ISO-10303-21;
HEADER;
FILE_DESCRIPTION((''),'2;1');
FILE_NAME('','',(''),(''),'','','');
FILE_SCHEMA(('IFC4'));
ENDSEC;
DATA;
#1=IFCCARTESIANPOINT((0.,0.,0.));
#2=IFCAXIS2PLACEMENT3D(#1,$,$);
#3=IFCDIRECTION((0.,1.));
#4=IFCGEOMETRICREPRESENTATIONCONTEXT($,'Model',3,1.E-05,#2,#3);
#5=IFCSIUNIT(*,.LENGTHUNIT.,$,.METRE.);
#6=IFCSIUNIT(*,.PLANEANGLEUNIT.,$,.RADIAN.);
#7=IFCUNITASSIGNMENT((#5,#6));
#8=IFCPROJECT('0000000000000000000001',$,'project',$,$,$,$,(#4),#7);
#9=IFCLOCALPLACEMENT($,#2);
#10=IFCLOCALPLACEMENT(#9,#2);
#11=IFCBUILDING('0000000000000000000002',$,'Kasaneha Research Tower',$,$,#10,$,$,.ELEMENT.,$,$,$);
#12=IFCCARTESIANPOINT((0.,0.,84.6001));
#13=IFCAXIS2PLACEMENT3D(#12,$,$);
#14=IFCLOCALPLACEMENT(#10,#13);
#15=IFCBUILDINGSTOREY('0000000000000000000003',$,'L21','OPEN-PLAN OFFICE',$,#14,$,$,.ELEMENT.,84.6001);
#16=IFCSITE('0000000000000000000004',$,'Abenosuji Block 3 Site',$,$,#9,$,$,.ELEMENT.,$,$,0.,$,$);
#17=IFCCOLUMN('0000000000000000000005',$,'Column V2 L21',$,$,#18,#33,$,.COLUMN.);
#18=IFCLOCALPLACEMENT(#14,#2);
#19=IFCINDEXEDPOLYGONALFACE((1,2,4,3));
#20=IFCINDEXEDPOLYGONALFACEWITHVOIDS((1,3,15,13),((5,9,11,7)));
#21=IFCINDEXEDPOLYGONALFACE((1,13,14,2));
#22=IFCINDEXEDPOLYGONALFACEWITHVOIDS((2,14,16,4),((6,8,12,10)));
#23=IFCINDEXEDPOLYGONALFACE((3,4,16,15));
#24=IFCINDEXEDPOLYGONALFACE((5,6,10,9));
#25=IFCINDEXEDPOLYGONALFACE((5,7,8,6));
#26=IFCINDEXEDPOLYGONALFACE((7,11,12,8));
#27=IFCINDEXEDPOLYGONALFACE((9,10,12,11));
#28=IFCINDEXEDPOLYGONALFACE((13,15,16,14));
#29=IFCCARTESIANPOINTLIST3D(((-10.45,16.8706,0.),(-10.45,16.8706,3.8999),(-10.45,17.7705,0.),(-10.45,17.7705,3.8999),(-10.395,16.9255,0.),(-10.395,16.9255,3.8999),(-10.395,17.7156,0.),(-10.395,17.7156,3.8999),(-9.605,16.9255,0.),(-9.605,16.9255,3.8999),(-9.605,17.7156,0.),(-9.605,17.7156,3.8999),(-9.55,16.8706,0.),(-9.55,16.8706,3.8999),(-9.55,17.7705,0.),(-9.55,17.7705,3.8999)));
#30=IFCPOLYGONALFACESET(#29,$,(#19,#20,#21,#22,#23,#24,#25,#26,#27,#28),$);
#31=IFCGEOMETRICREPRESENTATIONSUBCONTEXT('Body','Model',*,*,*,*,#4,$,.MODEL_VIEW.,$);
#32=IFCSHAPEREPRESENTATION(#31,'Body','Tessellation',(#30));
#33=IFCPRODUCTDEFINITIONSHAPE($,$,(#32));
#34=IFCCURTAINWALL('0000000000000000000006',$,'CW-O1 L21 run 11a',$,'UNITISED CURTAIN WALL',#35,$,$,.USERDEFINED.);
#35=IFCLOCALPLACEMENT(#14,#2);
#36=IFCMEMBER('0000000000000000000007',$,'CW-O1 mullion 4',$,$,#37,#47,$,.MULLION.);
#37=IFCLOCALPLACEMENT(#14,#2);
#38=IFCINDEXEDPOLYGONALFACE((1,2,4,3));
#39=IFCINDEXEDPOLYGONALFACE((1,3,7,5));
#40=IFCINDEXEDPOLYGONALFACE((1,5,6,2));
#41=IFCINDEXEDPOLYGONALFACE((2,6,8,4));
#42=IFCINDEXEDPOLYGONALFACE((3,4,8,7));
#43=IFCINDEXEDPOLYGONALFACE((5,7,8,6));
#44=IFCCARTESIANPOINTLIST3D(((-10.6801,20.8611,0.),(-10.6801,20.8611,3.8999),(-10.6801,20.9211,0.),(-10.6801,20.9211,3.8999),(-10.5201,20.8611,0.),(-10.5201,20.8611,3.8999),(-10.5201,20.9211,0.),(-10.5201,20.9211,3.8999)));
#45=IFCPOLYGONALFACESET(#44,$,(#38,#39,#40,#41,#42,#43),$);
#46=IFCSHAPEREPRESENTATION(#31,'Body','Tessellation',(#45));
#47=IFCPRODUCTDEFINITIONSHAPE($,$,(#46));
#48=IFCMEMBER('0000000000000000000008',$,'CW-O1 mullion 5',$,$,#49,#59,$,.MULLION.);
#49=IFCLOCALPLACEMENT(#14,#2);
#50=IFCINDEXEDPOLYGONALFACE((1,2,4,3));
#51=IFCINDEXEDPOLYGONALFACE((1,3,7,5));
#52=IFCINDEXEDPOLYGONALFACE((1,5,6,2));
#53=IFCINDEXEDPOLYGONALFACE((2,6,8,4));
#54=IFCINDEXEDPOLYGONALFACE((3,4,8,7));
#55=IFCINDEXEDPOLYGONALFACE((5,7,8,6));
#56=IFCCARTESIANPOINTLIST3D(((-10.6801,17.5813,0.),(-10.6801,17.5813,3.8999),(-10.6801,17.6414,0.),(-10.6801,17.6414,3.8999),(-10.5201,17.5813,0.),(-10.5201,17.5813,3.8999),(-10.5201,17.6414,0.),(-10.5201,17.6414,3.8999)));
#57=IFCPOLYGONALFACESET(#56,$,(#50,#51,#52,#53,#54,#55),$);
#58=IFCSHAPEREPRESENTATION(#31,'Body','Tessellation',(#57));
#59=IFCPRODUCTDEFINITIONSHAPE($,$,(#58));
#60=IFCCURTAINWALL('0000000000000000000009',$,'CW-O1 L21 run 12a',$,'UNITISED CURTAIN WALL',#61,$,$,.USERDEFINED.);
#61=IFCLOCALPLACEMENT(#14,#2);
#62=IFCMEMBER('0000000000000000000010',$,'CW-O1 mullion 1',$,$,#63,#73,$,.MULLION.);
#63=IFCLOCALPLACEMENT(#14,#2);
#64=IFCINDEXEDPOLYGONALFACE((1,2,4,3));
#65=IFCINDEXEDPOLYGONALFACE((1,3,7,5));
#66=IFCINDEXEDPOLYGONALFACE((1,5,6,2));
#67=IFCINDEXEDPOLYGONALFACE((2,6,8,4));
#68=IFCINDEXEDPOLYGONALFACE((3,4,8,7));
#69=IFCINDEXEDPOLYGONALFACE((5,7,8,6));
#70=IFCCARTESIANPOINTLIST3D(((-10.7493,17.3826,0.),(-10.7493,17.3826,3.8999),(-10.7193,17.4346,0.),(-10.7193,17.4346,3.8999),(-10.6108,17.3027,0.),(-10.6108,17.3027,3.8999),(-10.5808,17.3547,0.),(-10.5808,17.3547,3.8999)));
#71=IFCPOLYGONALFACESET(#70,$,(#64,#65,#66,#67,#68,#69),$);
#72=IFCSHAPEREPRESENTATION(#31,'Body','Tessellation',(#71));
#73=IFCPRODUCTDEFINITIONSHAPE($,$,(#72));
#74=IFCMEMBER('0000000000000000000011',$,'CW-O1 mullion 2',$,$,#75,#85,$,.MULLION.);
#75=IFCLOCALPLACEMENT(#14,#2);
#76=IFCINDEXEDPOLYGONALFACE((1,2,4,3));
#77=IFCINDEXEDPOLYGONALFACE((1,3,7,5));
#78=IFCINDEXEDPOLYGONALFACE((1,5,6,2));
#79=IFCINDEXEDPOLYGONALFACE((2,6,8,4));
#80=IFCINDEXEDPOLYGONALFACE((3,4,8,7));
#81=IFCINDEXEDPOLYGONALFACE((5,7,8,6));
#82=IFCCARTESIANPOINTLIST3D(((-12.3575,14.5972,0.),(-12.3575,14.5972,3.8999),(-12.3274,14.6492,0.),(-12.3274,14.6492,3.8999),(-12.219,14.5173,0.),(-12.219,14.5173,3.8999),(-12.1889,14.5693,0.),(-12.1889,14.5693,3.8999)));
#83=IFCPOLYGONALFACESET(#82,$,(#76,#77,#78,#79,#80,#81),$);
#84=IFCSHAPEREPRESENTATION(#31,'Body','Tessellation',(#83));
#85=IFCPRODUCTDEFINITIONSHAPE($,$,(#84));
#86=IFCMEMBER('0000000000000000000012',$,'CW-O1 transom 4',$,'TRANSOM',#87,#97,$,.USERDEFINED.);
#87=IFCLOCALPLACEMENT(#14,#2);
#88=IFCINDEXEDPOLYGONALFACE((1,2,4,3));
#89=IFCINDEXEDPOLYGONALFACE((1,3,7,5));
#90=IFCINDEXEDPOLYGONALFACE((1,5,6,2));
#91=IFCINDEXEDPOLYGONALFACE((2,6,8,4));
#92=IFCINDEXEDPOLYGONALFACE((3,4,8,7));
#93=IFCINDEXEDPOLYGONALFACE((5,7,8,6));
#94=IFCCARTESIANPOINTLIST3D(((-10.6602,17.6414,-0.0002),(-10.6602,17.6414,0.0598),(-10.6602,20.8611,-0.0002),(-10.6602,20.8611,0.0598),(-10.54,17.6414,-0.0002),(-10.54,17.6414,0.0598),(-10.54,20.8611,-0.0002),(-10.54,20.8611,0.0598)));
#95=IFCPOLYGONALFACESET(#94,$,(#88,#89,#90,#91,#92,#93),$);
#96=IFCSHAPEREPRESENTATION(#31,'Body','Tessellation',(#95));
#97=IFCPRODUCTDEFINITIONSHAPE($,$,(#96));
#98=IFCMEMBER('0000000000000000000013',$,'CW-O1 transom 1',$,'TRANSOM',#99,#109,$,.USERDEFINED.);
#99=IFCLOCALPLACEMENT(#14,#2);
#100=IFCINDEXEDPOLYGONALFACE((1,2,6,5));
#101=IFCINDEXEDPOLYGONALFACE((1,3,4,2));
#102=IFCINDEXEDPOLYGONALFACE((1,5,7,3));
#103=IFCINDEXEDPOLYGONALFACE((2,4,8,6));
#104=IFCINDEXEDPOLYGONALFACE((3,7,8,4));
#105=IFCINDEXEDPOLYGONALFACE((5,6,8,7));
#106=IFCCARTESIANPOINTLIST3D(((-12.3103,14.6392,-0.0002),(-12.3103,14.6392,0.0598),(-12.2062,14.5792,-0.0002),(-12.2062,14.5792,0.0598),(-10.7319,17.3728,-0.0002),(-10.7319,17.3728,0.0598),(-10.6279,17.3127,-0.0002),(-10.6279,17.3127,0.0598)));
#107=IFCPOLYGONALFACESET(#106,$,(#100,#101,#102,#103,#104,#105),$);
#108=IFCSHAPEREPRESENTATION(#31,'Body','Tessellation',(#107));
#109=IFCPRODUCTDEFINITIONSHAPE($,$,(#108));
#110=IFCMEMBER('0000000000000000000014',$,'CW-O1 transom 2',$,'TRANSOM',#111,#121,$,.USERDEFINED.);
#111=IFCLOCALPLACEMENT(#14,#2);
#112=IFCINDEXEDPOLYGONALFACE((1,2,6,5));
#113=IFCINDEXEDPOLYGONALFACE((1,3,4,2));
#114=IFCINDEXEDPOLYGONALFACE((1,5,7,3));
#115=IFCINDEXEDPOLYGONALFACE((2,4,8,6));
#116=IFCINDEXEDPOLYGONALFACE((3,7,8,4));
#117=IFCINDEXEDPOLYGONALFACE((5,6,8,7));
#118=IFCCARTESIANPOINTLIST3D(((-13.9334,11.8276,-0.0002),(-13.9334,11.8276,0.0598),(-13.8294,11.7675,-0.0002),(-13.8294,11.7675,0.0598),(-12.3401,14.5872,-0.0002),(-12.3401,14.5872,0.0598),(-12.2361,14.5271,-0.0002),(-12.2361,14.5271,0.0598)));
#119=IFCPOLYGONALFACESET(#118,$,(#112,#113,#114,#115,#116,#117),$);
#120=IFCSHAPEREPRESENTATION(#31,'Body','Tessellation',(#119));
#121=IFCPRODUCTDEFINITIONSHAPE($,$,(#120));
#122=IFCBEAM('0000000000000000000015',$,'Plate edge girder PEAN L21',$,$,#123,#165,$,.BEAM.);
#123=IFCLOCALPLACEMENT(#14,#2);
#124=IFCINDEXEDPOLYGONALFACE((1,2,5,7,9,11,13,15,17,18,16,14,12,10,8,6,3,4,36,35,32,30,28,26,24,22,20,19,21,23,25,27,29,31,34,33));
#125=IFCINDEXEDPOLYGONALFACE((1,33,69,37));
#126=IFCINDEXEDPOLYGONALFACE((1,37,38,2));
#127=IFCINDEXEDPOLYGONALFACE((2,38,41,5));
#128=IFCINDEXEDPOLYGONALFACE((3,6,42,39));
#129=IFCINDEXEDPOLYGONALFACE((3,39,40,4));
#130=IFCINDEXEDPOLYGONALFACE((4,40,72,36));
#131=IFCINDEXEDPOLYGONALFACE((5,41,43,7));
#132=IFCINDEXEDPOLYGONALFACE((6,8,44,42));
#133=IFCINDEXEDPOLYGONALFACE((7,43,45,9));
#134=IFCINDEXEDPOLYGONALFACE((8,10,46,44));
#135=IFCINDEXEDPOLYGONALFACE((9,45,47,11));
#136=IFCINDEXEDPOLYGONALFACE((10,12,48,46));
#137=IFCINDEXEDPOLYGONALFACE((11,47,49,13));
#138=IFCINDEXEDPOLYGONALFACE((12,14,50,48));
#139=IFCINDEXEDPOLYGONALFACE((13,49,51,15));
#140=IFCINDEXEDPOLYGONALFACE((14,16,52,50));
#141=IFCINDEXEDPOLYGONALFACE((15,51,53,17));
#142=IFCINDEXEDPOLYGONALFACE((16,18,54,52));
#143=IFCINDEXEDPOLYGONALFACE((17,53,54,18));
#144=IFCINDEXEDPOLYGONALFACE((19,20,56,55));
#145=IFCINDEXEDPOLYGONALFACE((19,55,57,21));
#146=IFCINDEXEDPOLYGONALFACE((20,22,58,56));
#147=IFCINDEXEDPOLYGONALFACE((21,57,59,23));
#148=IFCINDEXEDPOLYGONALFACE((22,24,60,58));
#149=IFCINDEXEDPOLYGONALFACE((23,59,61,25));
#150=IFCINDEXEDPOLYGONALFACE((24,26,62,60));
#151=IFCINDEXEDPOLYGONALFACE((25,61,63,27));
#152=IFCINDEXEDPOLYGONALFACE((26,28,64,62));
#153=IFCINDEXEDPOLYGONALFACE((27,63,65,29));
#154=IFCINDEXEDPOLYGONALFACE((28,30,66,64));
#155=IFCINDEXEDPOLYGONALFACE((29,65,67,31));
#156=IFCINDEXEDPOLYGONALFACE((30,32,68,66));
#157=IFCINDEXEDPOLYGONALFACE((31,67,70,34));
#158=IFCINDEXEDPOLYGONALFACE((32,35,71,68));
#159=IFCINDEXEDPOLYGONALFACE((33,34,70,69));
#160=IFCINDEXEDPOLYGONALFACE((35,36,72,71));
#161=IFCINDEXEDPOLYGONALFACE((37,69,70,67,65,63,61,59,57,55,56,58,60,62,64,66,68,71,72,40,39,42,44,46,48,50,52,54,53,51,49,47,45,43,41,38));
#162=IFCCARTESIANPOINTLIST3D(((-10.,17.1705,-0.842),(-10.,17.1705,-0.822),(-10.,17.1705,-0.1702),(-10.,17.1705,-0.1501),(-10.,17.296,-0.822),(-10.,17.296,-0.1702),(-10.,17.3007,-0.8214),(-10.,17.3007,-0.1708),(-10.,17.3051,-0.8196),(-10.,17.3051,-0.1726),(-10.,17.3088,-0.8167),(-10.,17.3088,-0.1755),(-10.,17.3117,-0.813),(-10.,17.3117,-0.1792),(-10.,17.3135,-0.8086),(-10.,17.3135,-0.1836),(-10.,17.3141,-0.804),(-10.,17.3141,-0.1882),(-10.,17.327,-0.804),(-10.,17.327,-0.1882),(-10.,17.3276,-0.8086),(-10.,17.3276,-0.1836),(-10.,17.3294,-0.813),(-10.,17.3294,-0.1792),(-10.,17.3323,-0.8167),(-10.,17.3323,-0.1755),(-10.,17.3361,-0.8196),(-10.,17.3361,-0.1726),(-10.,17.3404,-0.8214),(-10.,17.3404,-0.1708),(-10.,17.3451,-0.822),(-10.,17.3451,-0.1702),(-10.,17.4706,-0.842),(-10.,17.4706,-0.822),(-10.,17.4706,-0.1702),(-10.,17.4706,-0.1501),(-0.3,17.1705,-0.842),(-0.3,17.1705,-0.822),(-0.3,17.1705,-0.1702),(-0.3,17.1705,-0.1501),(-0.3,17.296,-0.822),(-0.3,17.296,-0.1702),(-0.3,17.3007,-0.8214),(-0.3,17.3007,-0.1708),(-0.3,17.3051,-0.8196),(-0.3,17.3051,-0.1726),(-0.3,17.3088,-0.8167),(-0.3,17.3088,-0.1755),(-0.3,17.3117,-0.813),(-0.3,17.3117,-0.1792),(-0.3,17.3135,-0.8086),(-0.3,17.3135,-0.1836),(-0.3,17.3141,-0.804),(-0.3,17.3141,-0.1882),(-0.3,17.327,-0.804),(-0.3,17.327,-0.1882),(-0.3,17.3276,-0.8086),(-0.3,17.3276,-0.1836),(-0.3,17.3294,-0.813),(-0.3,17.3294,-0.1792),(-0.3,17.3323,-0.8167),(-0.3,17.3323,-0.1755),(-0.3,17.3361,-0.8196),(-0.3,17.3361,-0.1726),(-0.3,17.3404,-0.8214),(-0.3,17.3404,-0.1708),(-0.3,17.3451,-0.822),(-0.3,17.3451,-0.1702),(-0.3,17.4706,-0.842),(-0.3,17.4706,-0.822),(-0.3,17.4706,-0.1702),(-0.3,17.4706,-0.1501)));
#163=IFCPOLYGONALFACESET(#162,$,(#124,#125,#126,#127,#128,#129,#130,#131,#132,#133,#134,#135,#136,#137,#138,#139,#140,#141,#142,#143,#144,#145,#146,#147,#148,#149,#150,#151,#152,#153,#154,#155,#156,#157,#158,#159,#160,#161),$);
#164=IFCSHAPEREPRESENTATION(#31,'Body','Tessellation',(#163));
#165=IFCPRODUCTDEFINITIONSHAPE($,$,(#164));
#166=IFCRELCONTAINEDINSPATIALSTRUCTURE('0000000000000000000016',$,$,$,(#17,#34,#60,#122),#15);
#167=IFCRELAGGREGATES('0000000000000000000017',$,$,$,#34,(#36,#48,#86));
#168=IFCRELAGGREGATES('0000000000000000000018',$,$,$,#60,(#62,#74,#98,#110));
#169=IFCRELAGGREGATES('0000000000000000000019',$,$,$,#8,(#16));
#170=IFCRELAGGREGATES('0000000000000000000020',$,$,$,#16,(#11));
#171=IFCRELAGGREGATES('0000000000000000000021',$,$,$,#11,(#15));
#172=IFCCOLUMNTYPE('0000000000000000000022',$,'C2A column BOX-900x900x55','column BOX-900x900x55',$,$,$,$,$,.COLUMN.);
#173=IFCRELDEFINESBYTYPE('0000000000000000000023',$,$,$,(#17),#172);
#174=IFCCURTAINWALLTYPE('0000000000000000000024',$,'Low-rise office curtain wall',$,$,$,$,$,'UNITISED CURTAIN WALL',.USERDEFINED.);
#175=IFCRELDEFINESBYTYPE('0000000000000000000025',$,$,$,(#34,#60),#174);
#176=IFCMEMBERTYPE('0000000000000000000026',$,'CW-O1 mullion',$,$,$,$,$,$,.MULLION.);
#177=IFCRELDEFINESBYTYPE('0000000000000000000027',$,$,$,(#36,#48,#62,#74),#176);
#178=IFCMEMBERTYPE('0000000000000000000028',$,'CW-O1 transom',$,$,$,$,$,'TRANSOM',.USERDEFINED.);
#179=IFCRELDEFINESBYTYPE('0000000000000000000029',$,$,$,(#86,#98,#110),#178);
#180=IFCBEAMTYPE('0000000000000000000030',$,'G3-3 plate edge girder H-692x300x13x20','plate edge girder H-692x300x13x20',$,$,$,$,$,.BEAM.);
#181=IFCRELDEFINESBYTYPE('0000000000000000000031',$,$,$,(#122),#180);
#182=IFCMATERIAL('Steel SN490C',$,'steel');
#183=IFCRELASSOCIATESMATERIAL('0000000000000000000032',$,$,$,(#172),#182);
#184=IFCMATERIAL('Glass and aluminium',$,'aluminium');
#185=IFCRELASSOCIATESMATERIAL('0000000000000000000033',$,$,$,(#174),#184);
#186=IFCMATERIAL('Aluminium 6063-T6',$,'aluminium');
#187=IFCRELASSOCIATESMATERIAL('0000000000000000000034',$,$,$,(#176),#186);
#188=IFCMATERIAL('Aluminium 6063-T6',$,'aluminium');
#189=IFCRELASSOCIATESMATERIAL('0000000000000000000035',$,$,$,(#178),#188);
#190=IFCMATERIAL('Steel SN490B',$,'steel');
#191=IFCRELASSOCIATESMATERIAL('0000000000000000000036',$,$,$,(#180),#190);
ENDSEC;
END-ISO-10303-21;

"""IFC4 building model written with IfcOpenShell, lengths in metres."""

from ifc_helpers import new_model, si_unit, direction, frame, origin, origin_2d, place, context, subcontext, project, spatial, rectangle, hollow_rectangle, i_section, extrude, material, material_profile, profile_set, type_object, element, aggregate, save


model = new_model("IFC4")

# Units and contexts
model_context = context("Model", 3, precision=1e-05, world=origin(), true_north=direction((0.0, 1.0)))
body_context = subcontext(model_context, "Body", "Model", "MODEL_VIEW")
ifc_project = project(units=[si_unit("LENGTHUNIT", "METRE"), si_unit("PLANEANGLEUNIT", "RADIAN")], contexts=[model_context])

# Site, building, storey
site_placement = place(None, origin())
site = spatial("IfcSite", under=ifc_project, at=site_placement, Name="Abenosuji Block 3 Site", CompositionType="ELEMENT", RefElevation=0.0)
building_placement = place(site_placement, origin())
building = spatial("IfcBuilding", under=site, at=building_placement, Name="Kasaneha Research Tower", CompositionType="ELEMENT")
storey_placement = place(building_placement, frame((0.0, 0.0, 84.6001)))
storey = spatial("IfcBuildingStorey", under=building, at=storey_placement, Name="L21", Description="OPEN-PLAN OFFICE", CompositionType="ELEMENT", Elevation=84.6001)

# Column
ifc_material_1 = material(Name="Steel SN490C", Category="steel")
ifc_material_profile_1 = material_profile(ifc_material_1, hollow_rectangle(XDim=0.8999, YDim=0.8999, WallThickness=0.0549, at=origin_2d()), Name="BOX-900x900x55")
ifc_profile_set_1 = profile_set([ifc_material_profile_1], Name="Steel SN490C")
column_type = type_object("IfcColumnType", Name="C2A column BOX-900x900x55", Description="column BOX-900x900x55", PredefinedType="COLUMN", material=ifc_profile_set_1)
column_placement = place(storey_placement, frame((-10.0, 17.3206, 0.0), z_axis=(0.0, 0.0, 1.0), x_axis=(1.0, 0.0, 0.0)))
element("IfcColumn", 1, at=column_placement, inside=storey, type_object=column_type, Name="Column V2 L21", PredefinedType="COLUMN", context=body_context, shape_type="SweptSolid", body=[
    extrude(hollow_rectangle(XDim=0.8999, YDim=0.8999, WallThickness=0.0549, at=origin_2d()), origin(), (0.0, 0.0, 1.0), 3.8999),
])

# Curtain walls, members
ifc_material_2 = material(Name="Glass and aluminium", Category="aluminium")
curtain_wall_type = type_object("IfcCurtainWallType", Name="Low-rise office curtain wall", ElementType="UNITISED CURTAIN WALL", PredefinedType="USERDEFINED", material=ifc_material_2)
curtain_wall_1_placement = place(storey_placement, origin())
curtain_wall_1 = element("IfcCurtainWall", 2, at=curtain_wall_1_placement, inside=storey, type_object=curtain_wall_type, Name="CW-O1 L21 run 11a", ObjectType="UNITISED CURTAIN WALL", PredefinedType="USERDEFINED")
ifc_material_3 = material(Name="Aluminium 6063-T6", Category="aluminium")
ifc_material_profile_2 = material_profile(ifc_material_3, rectangle(XDim=0.0601, YDim=0.1599, at=origin_2d()), Name="CW-O1 mullion 60x160")
ifc_profile_set_2 = profile_set([ifc_material_profile_2], Name="Aluminium 6063-T6")
member_type_1 = type_object("IfcMemberType", Name="CW-O1 mullion", PredefinedType="MULLION", material=ifc_profile_set_2)
member_1_placement = place(storey_placement, frame((-10.6001, 20.8911, 0.0), z_axis=(0.0, 0.0, 1.0), x_axis=(0.0, -1.0, 0.0)))
member_1 = element("IfcMember", 3, at=member_1_placement, type_object=member_type_1, Name="CW-O1 mullion 4", PredefinedType="MULLION", context=body_context, shape_type="SweptSolid", body=[
    extrude(rectangle(XDim=0.0601, YDim=0.1599, at=origin_2d()), origin(), (0.0, 0.0, 1.0), 3.8999),
])
member_2_placement = place(storey_placement, frame((-10.6001, 17.6113, 0.0), z_axis=(0.0, 0.0, 1.0), x_axis=(0.0, -1.0, 0.0)))
member_2 = element("IfcMember", 4, at=member_2_placement, type_object=member_type_1, Name="CW-O1 mullion 5", PredefinedType="MULLION", context=body_context, shape_type="SweptSolid", body=[
    extrude(rectangle(XDim=0.0601, YDim=0.1599, at=origin_2d()), origin(), (0.0, 0.0, 1.0), 3.8999),
])
curtain_wall_2_placement = place(storey_placement, origin())
curtain_wall_2 = element("IfcCurtainWall", 5, at=curtain_wall_2_placement, inside=storey, type_object=curtain_wall_type, Name="CW-O1 L21 run 12a", ObjectType="UNITISED CURTAIN WALL", PredefinedType="USERDEFINED")
member_3_placement = place(storey_placement, frame((-10.665, 17.3687, 0.0), z_axis=(0.0, 0.0, 1.0), x_axis=(-0.5, -0.866025, 0.0)))
member_3 = element("IfcMember", 6, at=member_3_placement, type_object=member_type_1, Name="CW-O1 mullion 1", PredefinedType="MULLION", context=body_context, shape_type="SweptSolid", body=[
    extrude(rectangle(XDim=0.0601, YDim=0.1599, at=origin_2d()), origin(), (0.0, 0.0, 1.0), 3.8999),
])
member_4_placement = place(storey_placement, frame((-12.2732, 14.5833, 0.0), z_axis=(0.0, 0.0, 1.0), x_axis=(-0.5, -0.866025, 0.0)))
member_4 = element("IfcMember", 7, at=member_4_placement, type_object=member_type_1, Name="CW-O1 mullion 2", PredefinedType="MULLION", context=body_context, shape_type="SweptSolid", body=[
    extrude(rectangle(XDim=0.0601, YDim=0.1599, at=origin_2d()), origin(), (0.0, 0.0, 1.0), 3.8999),
])

# Members
ifc_material_4 = material(Name="Aluminium 6063-T6", Category="aluminium")
ifc_material_profile_3 = material_profile(ifc_material_4, rectangle(XDim=0.1201, YDim=0.0601, at=origin_2d()), Name="CW-O1 transom 120x60")
ifc_profile_set_3 = profile_set([ifc_material_profile_3], Name="Aluminium 6063-T6")
member_type_2 = type_object("IfcMemberType", Name="CW-O1 transom", ElementType="TRANSOM", PredefinedType="USERDEFINED", material=ifc_profile_set_3)
member_5_placement = place(storey_placement, frame((-10.6001, 20.8611, 0.0298), z_axis=(0.0, -1.0, 0.0), x_axis=(1.0, 0.0, 0.0)))
member_5 = element("IfcMember", 8, at=member_5_placement, type_object=member_type_2, Name="CW-O1 transom 4", ObjectType="TRANSOM", PredefinedType="USERDEFINED", context=body_context, shape_type="SweptSolid", body=[
    extrude(rectangle(XDim=0.1201, YDim=0.0601, at=origin_2d()), origin(), (0.0, 0.0, 1.0), 3.2197),
])
member_6_placement = place(storey_placement, frame((-10.6799, 17.3428, 0.0298), z_axis=(-0.500024, -0.866012, 0.0), x_axis=(0.866012, -0.500024, 0.0)))
member_6 = element("IfcMember", 9, at=member_6_placement, type_object=member_type_2, Name="CW-O1 transom 1", ObjectType="TRANSOM", PredefinedType="USERDEFINED", context=body_context, shape_type="SweptSolid", body=[
    extrude(rectangle(XDim=0.1201, YDim=0.0601, at=origin_2d()), origin(), (0.0, 0.0, 1.0), 3.1565),
])
member_7_placement = place(storey_placement, frame((-12.2881, 14.5571, 0.0298), z_axis=(-0.500012, -0.866018, 0.0), x_axis=(0.866018, -0.500012, 0.0)))
member_7 = element("IfcMember", 10, at=member_7_placement, type_object=member_type_2, Name="CW-O1 transom 2", ObjectType="TRANSOM", PredefinedType="USERDEFINED", context=body_context, shape_type="SweptSolid", body=[
    extrude(rectangle(XDim=0.1201, YDim=0.0601, at=origin_2d()), origin(), (0.0, 0.0, 1.0), 3.1865),
])

# Beam
ifc_material_5 = material(Name="Steel SN490B", Category="steel")
ifc_material_profile_4 = material_profile(ifc_material_5, i_section(OverallWidth=0.3, OverallDepth=0.6919, WebThickness=0.0129, FlangeThickness=0.02, FilletRadius=0.0181, at=origin_2d()), Name="H-692x300x13x20")
ifc_profile_set_4 = profile_set([ifc_material_profile_4], Name="Steel SN490B")
beam_type_1 = type_object("IfcBeamType", Name="G3-3 plate edge girder H-692x300x13x20", Description="plate edge girder H-692x300x13x20", PredefinedType="BEAM", material=ifc_profile_set_4)
beam_1_placement = place(storey_placement, frame((-10.0, 17.3206, -0.4961), z_axis=(1.0, 0.0, 0.0), x_axis=(0.0, 1.0, 0.0)))
element("IfcBeam", 11, at=beam_1_placement, inside=storey, type_object=beam_type_1, Name="Plate edge girder PEAN L21", PredefinedType="BEAM", context=body_context, shape_type="SweptSolid", body=[
    extrude(i_section(OverallWidth=0.3, OverallDepth=0.6919, WebThickness=0.0129, FlangeThickness=0.02, FilletRadius=0.0181, at=origin_2d()), origin(), (0.0, 0.0, 1.0), 9.7),
])

aggregate(curtain_wall_1, [member_1, member_2, member_5])
aggregate(curtain_wall_2, [member_3, member_4, member_6, member_7])

save(model, "model.ifc")
